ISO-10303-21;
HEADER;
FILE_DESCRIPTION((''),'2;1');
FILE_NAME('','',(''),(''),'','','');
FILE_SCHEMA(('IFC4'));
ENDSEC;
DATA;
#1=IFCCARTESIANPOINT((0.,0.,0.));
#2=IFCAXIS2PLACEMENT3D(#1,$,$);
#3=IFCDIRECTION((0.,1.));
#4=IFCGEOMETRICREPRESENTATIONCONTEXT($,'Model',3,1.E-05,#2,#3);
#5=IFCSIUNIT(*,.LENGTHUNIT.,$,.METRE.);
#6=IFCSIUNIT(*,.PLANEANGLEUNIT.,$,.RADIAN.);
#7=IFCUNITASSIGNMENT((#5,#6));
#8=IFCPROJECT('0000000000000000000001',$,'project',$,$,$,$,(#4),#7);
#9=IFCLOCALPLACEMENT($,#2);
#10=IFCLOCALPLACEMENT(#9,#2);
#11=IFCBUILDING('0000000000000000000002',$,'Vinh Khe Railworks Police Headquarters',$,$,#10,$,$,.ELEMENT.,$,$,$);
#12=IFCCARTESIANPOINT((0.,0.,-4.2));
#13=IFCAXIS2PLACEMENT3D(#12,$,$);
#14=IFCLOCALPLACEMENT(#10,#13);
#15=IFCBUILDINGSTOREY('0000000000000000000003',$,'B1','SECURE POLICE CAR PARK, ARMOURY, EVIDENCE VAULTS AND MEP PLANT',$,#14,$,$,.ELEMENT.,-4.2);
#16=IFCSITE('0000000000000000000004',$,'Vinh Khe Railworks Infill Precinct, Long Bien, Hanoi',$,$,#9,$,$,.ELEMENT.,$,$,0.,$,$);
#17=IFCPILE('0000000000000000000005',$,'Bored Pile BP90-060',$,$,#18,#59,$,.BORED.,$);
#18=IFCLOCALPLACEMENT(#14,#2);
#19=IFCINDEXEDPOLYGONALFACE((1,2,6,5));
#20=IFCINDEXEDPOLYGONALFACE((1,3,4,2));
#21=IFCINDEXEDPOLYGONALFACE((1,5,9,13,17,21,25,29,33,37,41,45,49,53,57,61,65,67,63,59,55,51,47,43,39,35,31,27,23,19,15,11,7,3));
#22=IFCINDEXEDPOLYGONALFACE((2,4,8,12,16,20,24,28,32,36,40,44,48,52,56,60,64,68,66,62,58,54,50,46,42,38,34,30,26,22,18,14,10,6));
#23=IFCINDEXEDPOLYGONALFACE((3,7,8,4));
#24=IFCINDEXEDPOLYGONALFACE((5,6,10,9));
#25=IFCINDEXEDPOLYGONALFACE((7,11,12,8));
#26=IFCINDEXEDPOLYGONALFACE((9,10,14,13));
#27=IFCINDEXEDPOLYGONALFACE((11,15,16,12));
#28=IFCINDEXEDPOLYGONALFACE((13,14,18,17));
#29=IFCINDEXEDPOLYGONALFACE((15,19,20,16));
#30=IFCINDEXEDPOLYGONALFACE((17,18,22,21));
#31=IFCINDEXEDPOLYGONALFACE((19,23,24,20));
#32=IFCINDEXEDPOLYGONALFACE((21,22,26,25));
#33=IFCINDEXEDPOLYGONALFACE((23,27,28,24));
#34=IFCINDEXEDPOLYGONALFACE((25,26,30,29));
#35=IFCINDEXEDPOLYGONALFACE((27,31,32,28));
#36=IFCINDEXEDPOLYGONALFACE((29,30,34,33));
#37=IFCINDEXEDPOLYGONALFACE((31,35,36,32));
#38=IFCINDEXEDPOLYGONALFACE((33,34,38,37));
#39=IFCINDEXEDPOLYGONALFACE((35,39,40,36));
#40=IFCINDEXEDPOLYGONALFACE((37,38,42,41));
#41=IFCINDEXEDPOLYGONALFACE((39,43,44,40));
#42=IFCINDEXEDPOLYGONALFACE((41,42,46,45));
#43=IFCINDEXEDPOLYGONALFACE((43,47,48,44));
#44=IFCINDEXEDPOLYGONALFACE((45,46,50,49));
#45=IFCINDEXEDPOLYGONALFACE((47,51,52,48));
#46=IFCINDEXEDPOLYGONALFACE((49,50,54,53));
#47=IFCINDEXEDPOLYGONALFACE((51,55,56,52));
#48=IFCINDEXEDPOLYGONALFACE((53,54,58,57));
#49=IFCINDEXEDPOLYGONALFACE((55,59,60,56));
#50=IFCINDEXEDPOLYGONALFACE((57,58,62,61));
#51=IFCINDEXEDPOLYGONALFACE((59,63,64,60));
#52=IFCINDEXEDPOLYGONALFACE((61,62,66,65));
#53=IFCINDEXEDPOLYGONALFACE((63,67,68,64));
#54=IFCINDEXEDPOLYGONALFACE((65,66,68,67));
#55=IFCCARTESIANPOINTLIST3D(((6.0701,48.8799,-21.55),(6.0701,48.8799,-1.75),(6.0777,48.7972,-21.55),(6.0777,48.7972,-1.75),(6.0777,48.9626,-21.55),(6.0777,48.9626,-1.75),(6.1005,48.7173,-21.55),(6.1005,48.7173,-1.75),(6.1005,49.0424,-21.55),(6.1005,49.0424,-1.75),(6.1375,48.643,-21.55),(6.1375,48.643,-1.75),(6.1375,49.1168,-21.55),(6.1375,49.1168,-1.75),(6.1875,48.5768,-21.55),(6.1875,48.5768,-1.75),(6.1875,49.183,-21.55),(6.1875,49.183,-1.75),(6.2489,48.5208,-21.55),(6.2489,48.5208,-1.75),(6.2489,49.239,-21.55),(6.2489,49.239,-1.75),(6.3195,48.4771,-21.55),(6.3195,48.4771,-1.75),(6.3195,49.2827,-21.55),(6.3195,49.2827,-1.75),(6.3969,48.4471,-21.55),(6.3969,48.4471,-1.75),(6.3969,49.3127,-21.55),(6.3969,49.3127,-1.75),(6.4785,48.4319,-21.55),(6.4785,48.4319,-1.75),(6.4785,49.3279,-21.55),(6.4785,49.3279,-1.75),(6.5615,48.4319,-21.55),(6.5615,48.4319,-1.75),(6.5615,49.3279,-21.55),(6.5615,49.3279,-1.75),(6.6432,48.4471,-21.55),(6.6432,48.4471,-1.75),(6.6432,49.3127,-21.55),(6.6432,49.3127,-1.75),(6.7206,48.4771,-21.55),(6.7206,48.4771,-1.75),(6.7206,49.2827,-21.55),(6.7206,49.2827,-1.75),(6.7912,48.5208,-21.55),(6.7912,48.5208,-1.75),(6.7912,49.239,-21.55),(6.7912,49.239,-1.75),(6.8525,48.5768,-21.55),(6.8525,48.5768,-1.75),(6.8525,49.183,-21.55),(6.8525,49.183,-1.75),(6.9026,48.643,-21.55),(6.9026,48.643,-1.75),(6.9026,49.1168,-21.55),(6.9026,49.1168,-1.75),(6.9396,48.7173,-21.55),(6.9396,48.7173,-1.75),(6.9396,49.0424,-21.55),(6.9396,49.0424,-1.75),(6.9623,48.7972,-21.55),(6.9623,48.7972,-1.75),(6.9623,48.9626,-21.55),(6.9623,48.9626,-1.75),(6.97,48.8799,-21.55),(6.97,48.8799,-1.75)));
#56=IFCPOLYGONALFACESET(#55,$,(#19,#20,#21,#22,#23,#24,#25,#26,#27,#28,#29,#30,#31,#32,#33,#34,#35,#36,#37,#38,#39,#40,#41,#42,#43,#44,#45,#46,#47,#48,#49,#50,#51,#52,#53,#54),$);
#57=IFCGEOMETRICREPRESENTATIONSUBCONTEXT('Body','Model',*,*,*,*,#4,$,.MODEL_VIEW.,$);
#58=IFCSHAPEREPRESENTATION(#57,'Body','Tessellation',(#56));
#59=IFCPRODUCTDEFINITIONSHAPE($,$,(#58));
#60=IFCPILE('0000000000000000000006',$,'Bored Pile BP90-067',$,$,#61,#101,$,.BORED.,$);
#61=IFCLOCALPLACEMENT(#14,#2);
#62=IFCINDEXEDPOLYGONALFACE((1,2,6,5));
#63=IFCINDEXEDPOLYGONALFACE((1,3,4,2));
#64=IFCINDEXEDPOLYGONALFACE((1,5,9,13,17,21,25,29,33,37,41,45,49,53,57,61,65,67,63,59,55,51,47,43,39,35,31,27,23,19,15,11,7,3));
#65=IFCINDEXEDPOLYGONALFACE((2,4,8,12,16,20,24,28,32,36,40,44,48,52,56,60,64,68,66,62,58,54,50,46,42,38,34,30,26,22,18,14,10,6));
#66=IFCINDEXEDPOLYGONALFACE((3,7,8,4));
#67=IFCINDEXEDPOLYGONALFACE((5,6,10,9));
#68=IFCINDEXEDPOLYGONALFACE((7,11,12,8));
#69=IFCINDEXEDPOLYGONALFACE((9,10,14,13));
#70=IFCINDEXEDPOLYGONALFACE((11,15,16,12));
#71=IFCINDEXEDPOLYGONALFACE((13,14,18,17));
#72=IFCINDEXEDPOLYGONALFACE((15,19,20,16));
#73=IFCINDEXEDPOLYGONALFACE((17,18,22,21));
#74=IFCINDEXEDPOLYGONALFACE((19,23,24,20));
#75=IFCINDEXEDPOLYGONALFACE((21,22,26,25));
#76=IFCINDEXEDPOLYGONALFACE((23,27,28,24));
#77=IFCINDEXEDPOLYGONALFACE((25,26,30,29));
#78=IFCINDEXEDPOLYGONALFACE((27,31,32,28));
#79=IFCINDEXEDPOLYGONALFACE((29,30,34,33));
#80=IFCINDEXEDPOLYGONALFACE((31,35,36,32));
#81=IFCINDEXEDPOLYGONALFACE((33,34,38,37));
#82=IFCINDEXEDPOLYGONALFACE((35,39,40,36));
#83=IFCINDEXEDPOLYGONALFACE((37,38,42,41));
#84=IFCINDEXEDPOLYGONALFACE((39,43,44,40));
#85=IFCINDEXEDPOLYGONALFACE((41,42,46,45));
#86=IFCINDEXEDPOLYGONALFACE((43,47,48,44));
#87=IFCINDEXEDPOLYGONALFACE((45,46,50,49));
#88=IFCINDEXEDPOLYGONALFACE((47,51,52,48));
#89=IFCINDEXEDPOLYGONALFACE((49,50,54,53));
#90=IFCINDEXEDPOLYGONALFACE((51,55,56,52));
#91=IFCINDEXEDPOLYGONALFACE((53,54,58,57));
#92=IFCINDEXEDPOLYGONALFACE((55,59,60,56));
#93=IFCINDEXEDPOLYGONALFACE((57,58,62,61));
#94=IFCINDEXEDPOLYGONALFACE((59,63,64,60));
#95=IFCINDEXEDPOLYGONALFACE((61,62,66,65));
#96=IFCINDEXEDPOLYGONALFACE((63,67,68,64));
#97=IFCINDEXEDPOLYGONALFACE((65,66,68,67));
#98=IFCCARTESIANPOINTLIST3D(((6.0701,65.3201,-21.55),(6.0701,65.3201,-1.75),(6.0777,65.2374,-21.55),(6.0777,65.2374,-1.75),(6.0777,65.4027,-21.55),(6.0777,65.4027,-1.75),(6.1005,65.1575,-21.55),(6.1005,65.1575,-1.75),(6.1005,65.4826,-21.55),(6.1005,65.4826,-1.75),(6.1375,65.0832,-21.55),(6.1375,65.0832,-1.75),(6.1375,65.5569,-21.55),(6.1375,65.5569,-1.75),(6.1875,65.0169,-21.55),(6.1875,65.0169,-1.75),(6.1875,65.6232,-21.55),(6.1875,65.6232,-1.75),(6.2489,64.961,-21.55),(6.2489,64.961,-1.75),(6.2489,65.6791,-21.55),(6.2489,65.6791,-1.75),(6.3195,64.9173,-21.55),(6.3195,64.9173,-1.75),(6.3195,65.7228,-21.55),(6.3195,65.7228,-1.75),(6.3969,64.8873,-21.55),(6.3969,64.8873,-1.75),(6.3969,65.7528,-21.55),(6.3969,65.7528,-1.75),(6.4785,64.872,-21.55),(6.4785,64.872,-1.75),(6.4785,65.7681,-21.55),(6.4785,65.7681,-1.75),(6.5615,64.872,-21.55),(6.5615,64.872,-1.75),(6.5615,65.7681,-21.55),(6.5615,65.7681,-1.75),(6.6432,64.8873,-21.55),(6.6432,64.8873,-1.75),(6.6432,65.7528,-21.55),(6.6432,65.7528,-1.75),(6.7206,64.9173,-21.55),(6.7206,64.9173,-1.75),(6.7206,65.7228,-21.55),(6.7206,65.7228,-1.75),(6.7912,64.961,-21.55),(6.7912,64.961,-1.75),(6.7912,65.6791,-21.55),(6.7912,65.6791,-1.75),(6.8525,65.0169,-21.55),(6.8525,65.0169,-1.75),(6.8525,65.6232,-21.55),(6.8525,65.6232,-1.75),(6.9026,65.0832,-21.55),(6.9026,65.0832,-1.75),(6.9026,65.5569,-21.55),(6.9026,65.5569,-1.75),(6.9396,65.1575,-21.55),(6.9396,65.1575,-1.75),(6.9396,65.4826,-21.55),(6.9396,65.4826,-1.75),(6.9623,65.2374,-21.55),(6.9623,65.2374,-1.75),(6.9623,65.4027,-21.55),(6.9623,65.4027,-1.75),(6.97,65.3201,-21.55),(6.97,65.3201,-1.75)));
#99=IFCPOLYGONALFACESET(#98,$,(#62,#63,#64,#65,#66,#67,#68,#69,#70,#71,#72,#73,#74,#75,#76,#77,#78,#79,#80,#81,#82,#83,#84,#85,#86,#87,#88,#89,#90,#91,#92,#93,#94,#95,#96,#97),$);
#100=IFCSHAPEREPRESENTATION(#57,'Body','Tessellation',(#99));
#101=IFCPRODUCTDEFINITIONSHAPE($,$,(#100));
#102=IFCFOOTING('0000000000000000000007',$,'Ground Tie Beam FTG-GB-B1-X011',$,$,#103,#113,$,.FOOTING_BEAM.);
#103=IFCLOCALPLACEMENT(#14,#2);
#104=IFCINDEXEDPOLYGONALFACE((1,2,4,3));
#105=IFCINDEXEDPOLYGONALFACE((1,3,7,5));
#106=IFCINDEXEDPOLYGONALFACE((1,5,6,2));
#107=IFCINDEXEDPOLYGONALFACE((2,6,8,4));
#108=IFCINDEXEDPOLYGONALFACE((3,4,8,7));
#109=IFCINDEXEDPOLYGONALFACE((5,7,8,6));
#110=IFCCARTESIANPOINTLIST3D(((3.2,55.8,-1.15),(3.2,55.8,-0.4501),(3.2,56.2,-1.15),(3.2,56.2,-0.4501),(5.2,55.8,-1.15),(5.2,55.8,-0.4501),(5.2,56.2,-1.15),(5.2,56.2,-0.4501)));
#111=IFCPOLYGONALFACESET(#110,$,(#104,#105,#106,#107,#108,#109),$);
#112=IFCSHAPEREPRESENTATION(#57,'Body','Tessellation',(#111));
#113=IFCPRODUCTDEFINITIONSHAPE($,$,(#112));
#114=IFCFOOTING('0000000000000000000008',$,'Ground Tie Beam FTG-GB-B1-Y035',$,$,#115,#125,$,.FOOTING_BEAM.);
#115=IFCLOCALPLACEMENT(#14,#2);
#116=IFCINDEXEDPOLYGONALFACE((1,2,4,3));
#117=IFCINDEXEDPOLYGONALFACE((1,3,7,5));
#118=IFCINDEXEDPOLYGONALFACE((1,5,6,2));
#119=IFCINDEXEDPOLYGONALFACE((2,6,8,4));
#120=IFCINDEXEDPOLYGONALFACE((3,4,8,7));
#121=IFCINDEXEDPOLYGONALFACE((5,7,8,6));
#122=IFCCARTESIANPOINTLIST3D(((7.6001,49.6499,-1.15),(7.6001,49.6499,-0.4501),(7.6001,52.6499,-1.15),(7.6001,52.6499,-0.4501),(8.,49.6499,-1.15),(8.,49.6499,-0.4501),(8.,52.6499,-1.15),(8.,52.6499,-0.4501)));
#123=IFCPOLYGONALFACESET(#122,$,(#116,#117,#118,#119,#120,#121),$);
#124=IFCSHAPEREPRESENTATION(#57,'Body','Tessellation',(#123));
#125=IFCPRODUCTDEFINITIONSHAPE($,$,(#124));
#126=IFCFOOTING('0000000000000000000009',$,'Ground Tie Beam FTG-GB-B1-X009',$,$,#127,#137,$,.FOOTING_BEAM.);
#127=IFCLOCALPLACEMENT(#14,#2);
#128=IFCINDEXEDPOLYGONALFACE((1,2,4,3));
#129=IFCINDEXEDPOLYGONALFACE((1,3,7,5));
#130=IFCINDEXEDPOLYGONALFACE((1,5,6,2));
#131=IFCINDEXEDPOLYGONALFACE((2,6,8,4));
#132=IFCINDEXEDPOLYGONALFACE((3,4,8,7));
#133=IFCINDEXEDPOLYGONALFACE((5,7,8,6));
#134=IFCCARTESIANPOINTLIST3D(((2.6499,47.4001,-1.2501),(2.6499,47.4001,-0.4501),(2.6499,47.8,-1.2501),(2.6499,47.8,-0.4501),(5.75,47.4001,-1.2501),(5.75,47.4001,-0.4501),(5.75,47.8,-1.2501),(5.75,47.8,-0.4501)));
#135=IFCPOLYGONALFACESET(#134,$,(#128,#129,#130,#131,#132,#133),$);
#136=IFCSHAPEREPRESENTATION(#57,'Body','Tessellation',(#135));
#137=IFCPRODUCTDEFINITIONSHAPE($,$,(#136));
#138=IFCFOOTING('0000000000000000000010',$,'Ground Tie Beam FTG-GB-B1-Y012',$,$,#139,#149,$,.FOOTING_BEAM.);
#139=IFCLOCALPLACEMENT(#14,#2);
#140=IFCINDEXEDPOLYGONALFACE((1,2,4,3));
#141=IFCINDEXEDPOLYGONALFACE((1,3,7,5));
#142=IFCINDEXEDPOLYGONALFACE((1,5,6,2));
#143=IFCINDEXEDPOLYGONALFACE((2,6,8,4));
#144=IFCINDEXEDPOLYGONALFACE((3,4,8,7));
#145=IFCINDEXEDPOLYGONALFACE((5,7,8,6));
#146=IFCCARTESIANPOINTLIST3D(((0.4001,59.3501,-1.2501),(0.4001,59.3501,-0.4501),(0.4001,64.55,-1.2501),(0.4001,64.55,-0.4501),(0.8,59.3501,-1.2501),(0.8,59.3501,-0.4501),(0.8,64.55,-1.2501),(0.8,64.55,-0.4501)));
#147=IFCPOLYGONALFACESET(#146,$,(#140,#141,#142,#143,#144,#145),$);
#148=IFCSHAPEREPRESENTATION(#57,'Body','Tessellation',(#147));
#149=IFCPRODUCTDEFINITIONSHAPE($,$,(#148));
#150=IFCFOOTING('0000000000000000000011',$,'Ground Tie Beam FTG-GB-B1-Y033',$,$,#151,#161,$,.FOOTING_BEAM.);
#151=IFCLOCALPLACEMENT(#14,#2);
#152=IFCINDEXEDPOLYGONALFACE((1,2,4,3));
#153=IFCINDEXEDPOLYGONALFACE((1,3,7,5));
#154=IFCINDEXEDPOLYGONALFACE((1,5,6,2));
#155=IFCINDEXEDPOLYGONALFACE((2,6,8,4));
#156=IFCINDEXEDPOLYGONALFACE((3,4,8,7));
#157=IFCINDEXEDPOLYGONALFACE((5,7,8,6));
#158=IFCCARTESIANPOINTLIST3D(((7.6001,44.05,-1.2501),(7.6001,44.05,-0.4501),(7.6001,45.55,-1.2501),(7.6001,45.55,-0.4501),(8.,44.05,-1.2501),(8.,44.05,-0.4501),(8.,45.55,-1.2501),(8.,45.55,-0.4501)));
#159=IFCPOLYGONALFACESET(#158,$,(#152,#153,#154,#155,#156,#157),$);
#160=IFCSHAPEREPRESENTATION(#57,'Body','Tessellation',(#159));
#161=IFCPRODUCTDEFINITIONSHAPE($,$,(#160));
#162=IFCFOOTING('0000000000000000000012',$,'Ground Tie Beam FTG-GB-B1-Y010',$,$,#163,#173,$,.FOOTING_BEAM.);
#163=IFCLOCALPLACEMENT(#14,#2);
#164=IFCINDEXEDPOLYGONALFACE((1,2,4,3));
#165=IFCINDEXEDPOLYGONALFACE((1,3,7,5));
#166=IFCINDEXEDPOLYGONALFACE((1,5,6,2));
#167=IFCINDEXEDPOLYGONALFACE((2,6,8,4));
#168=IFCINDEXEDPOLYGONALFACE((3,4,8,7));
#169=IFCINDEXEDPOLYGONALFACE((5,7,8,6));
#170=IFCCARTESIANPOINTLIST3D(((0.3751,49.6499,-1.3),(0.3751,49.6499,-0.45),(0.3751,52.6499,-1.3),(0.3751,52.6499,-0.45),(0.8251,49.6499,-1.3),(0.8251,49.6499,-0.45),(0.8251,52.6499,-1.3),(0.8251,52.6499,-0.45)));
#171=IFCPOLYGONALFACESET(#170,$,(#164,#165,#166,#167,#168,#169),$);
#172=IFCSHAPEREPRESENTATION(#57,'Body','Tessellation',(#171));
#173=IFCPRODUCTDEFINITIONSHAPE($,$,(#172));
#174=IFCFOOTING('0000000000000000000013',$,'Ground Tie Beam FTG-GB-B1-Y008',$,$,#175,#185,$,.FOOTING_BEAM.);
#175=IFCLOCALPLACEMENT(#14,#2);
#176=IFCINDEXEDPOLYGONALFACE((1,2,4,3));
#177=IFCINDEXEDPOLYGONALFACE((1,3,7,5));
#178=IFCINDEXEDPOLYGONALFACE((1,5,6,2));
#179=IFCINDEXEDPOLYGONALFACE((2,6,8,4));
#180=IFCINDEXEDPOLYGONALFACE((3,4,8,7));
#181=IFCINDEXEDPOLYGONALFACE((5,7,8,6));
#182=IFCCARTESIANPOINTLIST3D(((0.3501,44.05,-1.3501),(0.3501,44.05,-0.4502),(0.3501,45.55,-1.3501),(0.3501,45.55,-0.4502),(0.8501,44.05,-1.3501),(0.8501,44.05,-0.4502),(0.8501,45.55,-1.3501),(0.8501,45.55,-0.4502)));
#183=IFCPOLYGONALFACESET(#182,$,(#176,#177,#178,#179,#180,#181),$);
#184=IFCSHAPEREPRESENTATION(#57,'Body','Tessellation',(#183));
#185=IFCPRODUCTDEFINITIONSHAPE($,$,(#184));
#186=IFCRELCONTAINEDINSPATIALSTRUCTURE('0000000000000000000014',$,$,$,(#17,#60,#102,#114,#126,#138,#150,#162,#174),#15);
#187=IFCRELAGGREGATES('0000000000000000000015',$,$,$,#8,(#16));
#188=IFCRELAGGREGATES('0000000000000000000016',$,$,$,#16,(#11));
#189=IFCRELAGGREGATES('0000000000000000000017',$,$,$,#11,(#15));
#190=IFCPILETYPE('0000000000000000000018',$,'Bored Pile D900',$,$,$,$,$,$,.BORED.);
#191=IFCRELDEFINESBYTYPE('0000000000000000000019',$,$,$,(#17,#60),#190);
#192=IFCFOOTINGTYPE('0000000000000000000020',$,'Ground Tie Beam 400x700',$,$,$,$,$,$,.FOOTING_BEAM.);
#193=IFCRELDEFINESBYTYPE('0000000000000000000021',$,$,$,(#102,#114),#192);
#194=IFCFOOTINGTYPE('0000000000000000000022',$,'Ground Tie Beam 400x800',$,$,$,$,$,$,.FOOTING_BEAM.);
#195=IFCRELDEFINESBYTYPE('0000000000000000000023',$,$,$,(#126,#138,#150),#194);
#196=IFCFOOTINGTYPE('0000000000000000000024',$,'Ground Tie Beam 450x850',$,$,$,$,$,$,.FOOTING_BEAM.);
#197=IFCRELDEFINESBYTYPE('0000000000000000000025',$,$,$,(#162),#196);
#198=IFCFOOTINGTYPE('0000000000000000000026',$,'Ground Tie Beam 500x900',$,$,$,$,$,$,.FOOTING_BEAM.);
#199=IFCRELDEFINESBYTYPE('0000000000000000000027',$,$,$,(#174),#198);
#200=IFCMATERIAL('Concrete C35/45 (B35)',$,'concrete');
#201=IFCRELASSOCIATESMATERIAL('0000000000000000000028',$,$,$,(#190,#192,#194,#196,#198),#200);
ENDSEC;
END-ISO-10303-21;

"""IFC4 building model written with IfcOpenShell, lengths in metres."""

from ifc_helpers import new_model, si_unit, direction, frame, origin, origin_2d, place, context, subcontext, project, spatial, rectangle, circle, extrude, material, material_profile, profile_set, type_object, element, save


model = new_model("IFC4")

# Units and contexts
model_context = context("Model", 3, precision=1e-05, world=origin(), true_north=direction((0.0, 1.0)))
body_context = subcontext(model_context, "Body", "Model", "MODEL_VIEW")
ifc_project = project(units=[si_unit("LENGTHUNIT", "METRE"), si_unit("PLANEANGLEUNIT", "RADIAN")], contexts=[model_context])

# Site, building, storey
site_placement = place(None, origin())
site = spatial("IfcSite", under=ifc_project, at=site_placement, Name="Vinh Khe Railworks Infill Precinct, Long Bien, Hanoi", CompositionType="ELEMENT", RefElevation=0.0)
building_placement = place(site_placement, origin())
building = spatial("IfcBuilding", under=site, at=building_placement, Name="Vinh Khe Railworks Police Headquarters", CompositionType="ELEMENT")
storey_placement = place(building_placement, frame((0.0, 0.0, -4.2)))
storey = spatial("IfcBuildingStorey", under=building, at=storey_placement, Name="B1", Description="SECURE POLICE CAR PARK, ARMOURY, EVIDENCE VAULTS AND MEP PLANT", CompositionType="ELEMENT", Elevation=-4.2)

# Piles
ifc_material_1 = material(Name="Concrete C35/45 (B35)", Category="concrete")
ifc_material_profile_1 = material_profile(ifc_material_1, circle(Radius=0.45, at=origin_2d()), Name="BORED PILE D900")
ifc_profile_set_1 = profile_set([ifc_material_profile_1], Name="Concrete C35/45 (B35)")
pile_type_1 = type_object("IfcPileType", Name="Bored Pile D900", PredefinedType="BORED", material=ifc_profile_set_1)
for number, where, z_axis, x_axis, name in (
    (1, (6.52, 48.8799, -1.75), (0.0, 0.0, -1.0), (1.0, 0.0, 0.0), "Bored Pile BP90-060"),
    (2, (6.52, 65.3201, -1.75), (0.0, 0.0, -1.0), (1.0, 0.0, 0.0), "Bored Pile BP90-067"),
):
    element("IfcPile", number, at=place(storey_placement, frame(where, z_axis=z_axis, x_axis=x_axis)), inside=storey, type_object=pile_type_1, Name=name, PredefinedType="BORED", context=body_context, shape_type="SweptSolid", body=[
        extrude(circle(Radius=0.45, at=origin_2d()), origin(), (0.0, 0.0, 1.0), 19.8),
    ])

# Footings
ifc_material_profile_2 = material_profile(ifc_material_1, rectangle(XDim=0.3999, YDim=0.7, at=origin_2d()), Name="RC 400x700")
ifc_profile_set_2 = profile_set([ifc_material_profile_2], Name="Concrete C35/45 (B35)")
footing_type_1 = type_object("IfcFootingType", Name="Ground Tie Beam 400x700", PredefinedType="FOOTING_BEAM", material=ifc_profile_set_2)
footing_1_placement = place(storey_placement, frame((3.2, 56.0, -0.8), z_axis=(1.0, 0.0, 0.0), x_axis=(0.0, 1.0, 0.0)))
element("IfcFooting", 3, at=footing_1_placement, inside=storey, type_object=footing_type_1, Name="Ground Tie Beam FTG-GB-B1-X011", PredefinedType="FOOTING_BEAM", context=body_context, shape_type="SweptSolid", body=[
    extrude(rectangle(XDim=0.3999, YDim=0.7, at=origin_2d()), origin(), (0.0, 0.0, 1.0), 2.0),
])
footing_2_placement = place(storey_placement, frame((7.8, 49.6499, -0.8), z_axis=(0.0, 1.0, 0.0), x_axis=(-1.0, 0.0, 0.0)))
element("IfcFooting", 4, at=footing_2_placement, inside=storey, type_object=footing_type_1, Name="Ground Tie Beam FTG-GB-B1-Y035", PredefinedType="FOOTING_BEAM", context=body_context, shape_type="SweptSolid", body=[
    extrude(rectangle(XDim=0.3999, YDim=0.7, at=origin_2d()), origin(), (0.0, 0.0, 1.0), 3.0),
])
ifc_material_profile_3 = material_profile(ifc_material_1, rectangle(XDim=0.3999, YDim=0.8, at=origin_2d()), Name="RC 400x800")
ifc_profile_set_3 = profile_set([ifc_material_profile_3], Name="Concrete C35/45 (B35)")
footing_type_2 = type_object("IfcFootingType", Name="Ground Tie Beam 400x800", PredefinedType="FOOTING_BEAM", material=ifc_profile_set_3)
footing_3_placement = place(storey_placement, frame((2.6499, 47.6001, -0.8501), z_axis=(1.0, 0.0, 0.0), x_axis=(0.0, 1.0, 0.0)))
element("IfcFooting", 5, at=footing_3_placement, inside=storey, type_object=footing_type_2, Name="Ground Tie Beam FTG-GB-B1-X009", PredefinedType="FOOTING_BEAM", context=body_context, shape_type="SweptSolid", body=[
    extrude(rectangle(XDim=0.3999, YDim=0.8, at=origin_2d()), origin(), (0.0, 0.0, 1.0), 3.1001),
])
footing_4_placement = place(storey_placement, frame((0.6001, 59.3501, -0.8501), z_axis=(0.0, 1.0, 0.0), x_axis=(-1.0, 0.0, 0.0)))
element("IfcFooting", 6, at=footing_4_placement, inside=storey, type_object=footing_type_2, Name="Ground Tie Beam FTG-GB-B1-Y012", PredefinedType="FOOTING_BEAM", context=body_context, shape_type="SweptSolid", body=[
    extrude(rectangle(XDim=0.3999, YDim=0.8, at=origin_2d()), origin(), (0.0, 0.0, 1.0), 5.2),
])
footing_5_placement = place(storey_placement, frame((7.8, 44.05, -0.8501), z_axis=(0.0, 1.0, 0.0), x_axis=(-1.0, 0.0, 0.0)))
element("IfcFooting", 7, at=footing_5_placement, inside=storey, type_object=footing_type_2, Name="Ground Tie Beam FTG-GB-B1-Y033", PredefinedType="FOOTING_BEAM", context=body_context, shape_type="SweptSolid", body=[
    extrude(rectangle(XDim=0.3999, YDim=0.8, at=origin_2d()), origin(), (0.0, 0.0, 1.0), 1.5),
])
ifc_material_profile_4 = material_profile(ifc_material_1, rectangle(XDim=0.45, YDim=0.8501, at=origin_2d()), Name="RC 450x850")
ifc_profile_set_4 = profile_set([ifc_material_profile_4], Name="Concrete C35/45 (B35)")
footing_type_3 = type_object("IfcFootingType", Name="Ground Tie Beam 450x850", PredefinedType="FOOTING_BEAM", material=ifc_profile_set_4)
footing_6_placement = place(storey_placement, frame((0.6001, 49.6499, -0.875), z_axis=(0.0, 1.0, 0.0), x_axis=(-1.0, 0.0, 0.0)))
element("IfcFooting", 8, at=footing_6_placement, inside=storey, type_object=footing_type_3, Name="Ground Tie Beam FTG-GB-B1-Y010", PredefinedType="FOOTING_BEAM", context=body_context, shape_type="SweptSolid", body=[
    extrude(rectangle(XDim=0.45, YDim=0.8501, at=origin_2d()), origin(), (0.0, 0.0, 1.0), 3.0),
])
ifc_material_profile_5 = material_profile(ifc_material_1, rectangle(XDim=0.5, YDim=0.8999, at=origin_2d()), Name="RC 500x900")
ifc_profile_set_5 = profile_set([ifc_material_profile_5], Name="Concrete C35/45 (B35)")
footing_type_4 = type_object("IfcFootingType", Name="Ground Tie Beam 500x900", PredefinedType="FOOTING_BEAM", material=ifc_profile_set_5)
footing_7_placement = place(storey_placement, frame((0.6001, 44.05, -0.9001), z_axis=(0.0, 1.0, 0.0), x_axis=(-1.0, 0.0, 0.0)))
element("IfcFooting", 9, at=footing_7_placement, inside=storey, type_object=footing_type_4, Name="Ground Tie Beam FTG-GB-B1-Y008", PredefinedType="FOOTING_BEAM", context=body_context, shape_type="SweptSolid", body=[
    extrude(rectangle(XDim=0.5, YDim=0.8999, at=origin_2d()), origin(), (0.0, 0.0, 1.0), 1.5),
])

save(model, "model.ifc")
